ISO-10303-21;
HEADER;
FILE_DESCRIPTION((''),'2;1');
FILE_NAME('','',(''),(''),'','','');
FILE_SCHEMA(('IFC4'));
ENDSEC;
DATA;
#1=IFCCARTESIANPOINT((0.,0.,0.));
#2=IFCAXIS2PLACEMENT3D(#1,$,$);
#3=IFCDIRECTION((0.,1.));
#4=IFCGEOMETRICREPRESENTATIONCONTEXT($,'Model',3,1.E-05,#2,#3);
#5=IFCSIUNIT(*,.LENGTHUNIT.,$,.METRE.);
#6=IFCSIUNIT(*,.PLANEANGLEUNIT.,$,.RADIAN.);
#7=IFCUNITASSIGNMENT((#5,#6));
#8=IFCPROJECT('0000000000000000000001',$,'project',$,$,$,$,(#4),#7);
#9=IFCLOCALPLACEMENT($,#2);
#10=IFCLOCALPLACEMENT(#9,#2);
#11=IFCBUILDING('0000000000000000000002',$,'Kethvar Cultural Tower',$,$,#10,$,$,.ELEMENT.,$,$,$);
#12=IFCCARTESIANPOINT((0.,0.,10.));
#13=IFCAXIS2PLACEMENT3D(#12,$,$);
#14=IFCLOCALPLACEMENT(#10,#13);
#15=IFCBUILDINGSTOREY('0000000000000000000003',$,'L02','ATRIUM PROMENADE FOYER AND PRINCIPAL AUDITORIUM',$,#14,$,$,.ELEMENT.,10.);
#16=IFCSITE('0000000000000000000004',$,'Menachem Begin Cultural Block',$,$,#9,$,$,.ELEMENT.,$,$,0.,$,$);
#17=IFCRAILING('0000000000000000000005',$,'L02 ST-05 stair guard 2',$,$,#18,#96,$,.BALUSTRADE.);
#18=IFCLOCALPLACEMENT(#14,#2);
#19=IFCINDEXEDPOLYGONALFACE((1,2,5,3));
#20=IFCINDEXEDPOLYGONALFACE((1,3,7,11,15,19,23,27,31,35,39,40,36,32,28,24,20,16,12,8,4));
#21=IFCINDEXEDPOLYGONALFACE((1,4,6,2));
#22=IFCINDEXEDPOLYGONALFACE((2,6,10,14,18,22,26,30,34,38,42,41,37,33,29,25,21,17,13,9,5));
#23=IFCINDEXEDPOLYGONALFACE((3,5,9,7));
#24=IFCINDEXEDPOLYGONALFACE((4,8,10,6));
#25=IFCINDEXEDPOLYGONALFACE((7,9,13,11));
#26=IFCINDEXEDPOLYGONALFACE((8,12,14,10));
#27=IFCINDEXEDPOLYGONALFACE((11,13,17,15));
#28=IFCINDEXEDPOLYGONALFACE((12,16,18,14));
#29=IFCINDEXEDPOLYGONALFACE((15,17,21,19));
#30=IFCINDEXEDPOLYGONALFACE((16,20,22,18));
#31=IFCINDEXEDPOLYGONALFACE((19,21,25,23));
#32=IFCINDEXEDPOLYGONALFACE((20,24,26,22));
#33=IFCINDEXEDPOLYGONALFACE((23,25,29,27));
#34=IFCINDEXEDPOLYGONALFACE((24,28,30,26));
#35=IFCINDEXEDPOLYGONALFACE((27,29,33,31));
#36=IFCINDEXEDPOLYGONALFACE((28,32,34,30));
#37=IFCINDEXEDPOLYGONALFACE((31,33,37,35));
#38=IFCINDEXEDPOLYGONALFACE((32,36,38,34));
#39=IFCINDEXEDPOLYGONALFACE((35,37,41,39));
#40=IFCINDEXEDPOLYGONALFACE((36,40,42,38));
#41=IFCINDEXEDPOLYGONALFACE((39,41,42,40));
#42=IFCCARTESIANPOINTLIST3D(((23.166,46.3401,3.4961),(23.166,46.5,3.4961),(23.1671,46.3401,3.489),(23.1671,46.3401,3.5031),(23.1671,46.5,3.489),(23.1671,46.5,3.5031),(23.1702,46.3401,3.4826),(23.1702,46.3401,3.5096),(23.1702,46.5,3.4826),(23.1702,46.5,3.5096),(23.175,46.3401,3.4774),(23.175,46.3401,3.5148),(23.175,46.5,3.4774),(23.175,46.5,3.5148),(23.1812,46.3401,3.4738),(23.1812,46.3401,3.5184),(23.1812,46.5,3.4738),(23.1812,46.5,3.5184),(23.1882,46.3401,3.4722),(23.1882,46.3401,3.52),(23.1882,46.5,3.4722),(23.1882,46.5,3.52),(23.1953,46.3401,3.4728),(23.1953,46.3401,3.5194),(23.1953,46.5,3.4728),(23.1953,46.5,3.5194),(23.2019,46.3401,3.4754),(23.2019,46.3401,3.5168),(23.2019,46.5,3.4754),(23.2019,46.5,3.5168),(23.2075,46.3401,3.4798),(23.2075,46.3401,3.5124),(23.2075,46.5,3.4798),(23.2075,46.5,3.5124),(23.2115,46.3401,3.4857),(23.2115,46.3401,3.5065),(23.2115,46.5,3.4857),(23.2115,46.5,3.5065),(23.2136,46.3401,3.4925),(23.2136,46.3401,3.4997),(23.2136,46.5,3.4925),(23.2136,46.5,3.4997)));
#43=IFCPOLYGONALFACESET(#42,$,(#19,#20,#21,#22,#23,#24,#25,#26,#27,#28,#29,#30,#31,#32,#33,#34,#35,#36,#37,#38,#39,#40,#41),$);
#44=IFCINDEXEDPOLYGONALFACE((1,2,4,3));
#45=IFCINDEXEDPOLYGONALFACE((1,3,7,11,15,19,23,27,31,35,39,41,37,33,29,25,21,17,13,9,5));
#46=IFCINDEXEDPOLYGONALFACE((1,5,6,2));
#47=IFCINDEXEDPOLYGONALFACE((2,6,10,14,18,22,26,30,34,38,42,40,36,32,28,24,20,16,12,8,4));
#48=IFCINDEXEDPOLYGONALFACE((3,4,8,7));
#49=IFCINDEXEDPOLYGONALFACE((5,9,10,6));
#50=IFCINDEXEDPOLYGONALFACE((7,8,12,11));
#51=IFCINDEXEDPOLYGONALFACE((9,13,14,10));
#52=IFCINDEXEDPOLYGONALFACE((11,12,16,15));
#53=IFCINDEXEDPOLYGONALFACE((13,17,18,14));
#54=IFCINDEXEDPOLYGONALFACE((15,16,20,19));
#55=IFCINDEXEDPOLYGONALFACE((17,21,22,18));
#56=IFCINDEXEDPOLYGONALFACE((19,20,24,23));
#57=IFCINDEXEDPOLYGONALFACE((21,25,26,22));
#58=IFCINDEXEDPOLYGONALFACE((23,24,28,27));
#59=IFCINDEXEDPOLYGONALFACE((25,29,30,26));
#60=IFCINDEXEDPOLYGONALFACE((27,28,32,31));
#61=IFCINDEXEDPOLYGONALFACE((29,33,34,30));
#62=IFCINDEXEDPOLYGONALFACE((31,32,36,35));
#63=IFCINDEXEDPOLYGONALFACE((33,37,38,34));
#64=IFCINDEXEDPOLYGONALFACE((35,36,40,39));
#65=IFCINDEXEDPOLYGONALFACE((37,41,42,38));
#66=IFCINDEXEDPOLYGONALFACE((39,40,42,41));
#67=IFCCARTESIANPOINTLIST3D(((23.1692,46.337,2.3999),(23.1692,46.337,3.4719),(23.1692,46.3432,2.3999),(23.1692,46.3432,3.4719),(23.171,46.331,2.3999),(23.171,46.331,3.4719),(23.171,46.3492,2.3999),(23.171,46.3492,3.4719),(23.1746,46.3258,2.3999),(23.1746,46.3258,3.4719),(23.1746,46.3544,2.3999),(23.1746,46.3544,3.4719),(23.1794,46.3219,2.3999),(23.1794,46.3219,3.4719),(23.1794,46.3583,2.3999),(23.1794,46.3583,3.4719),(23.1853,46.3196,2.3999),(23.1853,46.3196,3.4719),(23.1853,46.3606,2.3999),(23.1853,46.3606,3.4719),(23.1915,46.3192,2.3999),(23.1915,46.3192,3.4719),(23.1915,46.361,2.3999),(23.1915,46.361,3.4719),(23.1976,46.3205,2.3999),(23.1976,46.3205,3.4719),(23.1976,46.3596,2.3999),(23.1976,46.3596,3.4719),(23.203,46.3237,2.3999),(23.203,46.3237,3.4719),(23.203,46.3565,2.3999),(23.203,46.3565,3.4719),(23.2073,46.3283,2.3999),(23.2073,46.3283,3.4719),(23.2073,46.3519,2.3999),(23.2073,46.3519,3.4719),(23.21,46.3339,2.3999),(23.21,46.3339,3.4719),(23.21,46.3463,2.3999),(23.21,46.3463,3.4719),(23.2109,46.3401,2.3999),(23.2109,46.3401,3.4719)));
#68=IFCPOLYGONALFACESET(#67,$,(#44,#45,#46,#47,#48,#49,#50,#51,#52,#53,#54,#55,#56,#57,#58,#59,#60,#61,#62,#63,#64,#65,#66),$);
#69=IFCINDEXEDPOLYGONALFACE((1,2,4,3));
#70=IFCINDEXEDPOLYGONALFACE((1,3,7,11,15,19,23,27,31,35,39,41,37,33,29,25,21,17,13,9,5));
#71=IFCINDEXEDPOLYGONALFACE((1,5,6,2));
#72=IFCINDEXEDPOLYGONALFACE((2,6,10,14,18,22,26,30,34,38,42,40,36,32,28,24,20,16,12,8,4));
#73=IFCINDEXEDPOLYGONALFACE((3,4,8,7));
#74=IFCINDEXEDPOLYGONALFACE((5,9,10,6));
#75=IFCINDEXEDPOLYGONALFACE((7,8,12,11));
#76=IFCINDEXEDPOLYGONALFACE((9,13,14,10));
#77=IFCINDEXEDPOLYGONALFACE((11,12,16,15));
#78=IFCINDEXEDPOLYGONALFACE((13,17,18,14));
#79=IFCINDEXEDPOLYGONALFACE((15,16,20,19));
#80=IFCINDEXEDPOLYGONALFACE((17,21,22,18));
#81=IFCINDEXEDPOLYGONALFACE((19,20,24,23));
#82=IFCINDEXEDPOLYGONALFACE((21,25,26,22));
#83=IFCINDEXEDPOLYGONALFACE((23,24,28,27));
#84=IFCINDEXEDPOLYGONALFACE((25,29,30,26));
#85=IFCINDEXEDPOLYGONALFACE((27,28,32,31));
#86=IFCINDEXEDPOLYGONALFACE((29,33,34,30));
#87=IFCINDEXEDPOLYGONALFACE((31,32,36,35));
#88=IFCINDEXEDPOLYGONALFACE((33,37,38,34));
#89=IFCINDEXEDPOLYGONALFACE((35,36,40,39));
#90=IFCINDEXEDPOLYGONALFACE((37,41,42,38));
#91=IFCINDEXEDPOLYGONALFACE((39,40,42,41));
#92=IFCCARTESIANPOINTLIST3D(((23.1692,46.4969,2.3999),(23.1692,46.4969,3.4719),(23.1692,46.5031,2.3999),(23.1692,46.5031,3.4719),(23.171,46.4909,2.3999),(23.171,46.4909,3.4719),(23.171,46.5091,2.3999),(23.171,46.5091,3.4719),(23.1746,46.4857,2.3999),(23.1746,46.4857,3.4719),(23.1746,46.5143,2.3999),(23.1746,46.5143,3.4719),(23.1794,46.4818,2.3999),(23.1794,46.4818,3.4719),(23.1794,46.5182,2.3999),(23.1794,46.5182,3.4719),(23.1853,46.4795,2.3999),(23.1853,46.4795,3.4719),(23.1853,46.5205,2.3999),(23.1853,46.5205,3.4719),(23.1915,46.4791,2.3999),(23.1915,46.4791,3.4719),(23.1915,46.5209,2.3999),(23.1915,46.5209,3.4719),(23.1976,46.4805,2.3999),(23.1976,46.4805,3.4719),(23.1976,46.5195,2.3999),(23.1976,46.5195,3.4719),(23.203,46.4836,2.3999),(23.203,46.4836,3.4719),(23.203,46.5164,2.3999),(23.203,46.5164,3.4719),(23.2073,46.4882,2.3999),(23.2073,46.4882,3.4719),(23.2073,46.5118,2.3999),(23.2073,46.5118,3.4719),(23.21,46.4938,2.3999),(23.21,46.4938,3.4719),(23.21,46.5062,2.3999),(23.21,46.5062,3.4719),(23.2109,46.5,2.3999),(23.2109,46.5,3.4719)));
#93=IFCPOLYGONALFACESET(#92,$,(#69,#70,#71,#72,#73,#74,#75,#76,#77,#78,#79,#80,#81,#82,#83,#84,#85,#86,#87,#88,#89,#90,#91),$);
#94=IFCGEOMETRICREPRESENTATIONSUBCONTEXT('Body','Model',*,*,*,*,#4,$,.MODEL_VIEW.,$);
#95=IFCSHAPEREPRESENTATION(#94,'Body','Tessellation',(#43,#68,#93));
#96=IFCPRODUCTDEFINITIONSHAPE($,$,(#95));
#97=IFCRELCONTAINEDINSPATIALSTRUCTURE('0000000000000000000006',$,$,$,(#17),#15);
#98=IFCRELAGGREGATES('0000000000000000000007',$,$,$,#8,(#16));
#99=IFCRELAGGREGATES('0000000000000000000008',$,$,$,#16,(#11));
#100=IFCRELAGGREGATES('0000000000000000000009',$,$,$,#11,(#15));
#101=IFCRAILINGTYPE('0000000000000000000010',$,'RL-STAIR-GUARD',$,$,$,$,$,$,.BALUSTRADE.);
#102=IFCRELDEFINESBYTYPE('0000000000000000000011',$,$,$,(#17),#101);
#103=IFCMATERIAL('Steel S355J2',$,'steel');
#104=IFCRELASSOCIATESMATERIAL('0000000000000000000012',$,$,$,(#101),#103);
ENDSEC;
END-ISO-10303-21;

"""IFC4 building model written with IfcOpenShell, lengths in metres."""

from ifc_helpers import new_model, si_unit, direction, frame, origin, origin_2d, place, context, subcontext, project, spatial, circle, extrude, material, type_object, element, save


model = new_model("IFC4")

# Units and contexts
model_context = context("Model", 3, precision=1e-05, world=origin(), true_north=direction((0.0, 1.0)))
body_context = subcontext(model_context, "Body", "Model", "MODEL_VIEW")
ifc_project = project(units=[si_unit("LENGTHUNIT", "METRE"), si_unit("PLANEANGLEUNIT", "RADIAN")], contexts=[model_context])

# Site, building, storey
site_placement = place(None, origin())
site = spatial("IfcSite", under=ifc_project, at=site_placement, Name="Menachem Begin Cultural Block", CompositionType="ELEMENT", RefElevation=0.0)
building_placement = place(site_placement, origin())
building = spatial("IfcBuilding", under=site, at=building_placement, Name="Kethvar Cultural Tower", CompositionType="ELEMENT")
storey_placement = place(building_placement, frame((0.0, 0.0, 10.0)))
storey = spatial("IfcBuildingStorey", under=building, at=storey_placement, Name="L02", Description="ATRIUM PROMENADE FOYER AND PRINCIPAL AUDITORIUM", CompositionType="ELEMENT", Elevation=10.0)

# Shared definitions
ifc_material_1 = material(Name="Steel S355J2", Category="steel")

# Railing
railing_type_1 = type_object("IfcRailingType", Name="RL-STAIR-GUARD", PredefinedType="BALUSTRADE", material=ifc_material_1)
railing_1_placement = place(storey_placement, frame((23.1899, 46.3401, 2.3999)))
element("IfcRailing", 1, at=railing_1_placement, inside=storey, type_object=railing_type_1, Name="L02 ST-05 stair guard 2", PredefinedType="BALUSTRADE", context=body_context, shape_type="SweptSolid", body=[
    extrude(circle(Radius=0.0239, at=origin_2d()), frame((0.0, 0.0, 1.0962), z_axis=(0.0, 1.0, 0.0), x_axis=(-1.0, 0.0, 0.0)), (0.0, 0.0, 1.0), 0.1599),
    extrude(circle(Radius=0.021, at=origin_2d()), origin(), (0.0, 0.0, 1.0), 1.072),
    extrude(circle(Radius=0.021, at=origin_2d()), frame((0.0, 0.1599, 0.0)), (0.0, 0.0, 1.0), 1.072),
])

save(model, "model.ifc")
